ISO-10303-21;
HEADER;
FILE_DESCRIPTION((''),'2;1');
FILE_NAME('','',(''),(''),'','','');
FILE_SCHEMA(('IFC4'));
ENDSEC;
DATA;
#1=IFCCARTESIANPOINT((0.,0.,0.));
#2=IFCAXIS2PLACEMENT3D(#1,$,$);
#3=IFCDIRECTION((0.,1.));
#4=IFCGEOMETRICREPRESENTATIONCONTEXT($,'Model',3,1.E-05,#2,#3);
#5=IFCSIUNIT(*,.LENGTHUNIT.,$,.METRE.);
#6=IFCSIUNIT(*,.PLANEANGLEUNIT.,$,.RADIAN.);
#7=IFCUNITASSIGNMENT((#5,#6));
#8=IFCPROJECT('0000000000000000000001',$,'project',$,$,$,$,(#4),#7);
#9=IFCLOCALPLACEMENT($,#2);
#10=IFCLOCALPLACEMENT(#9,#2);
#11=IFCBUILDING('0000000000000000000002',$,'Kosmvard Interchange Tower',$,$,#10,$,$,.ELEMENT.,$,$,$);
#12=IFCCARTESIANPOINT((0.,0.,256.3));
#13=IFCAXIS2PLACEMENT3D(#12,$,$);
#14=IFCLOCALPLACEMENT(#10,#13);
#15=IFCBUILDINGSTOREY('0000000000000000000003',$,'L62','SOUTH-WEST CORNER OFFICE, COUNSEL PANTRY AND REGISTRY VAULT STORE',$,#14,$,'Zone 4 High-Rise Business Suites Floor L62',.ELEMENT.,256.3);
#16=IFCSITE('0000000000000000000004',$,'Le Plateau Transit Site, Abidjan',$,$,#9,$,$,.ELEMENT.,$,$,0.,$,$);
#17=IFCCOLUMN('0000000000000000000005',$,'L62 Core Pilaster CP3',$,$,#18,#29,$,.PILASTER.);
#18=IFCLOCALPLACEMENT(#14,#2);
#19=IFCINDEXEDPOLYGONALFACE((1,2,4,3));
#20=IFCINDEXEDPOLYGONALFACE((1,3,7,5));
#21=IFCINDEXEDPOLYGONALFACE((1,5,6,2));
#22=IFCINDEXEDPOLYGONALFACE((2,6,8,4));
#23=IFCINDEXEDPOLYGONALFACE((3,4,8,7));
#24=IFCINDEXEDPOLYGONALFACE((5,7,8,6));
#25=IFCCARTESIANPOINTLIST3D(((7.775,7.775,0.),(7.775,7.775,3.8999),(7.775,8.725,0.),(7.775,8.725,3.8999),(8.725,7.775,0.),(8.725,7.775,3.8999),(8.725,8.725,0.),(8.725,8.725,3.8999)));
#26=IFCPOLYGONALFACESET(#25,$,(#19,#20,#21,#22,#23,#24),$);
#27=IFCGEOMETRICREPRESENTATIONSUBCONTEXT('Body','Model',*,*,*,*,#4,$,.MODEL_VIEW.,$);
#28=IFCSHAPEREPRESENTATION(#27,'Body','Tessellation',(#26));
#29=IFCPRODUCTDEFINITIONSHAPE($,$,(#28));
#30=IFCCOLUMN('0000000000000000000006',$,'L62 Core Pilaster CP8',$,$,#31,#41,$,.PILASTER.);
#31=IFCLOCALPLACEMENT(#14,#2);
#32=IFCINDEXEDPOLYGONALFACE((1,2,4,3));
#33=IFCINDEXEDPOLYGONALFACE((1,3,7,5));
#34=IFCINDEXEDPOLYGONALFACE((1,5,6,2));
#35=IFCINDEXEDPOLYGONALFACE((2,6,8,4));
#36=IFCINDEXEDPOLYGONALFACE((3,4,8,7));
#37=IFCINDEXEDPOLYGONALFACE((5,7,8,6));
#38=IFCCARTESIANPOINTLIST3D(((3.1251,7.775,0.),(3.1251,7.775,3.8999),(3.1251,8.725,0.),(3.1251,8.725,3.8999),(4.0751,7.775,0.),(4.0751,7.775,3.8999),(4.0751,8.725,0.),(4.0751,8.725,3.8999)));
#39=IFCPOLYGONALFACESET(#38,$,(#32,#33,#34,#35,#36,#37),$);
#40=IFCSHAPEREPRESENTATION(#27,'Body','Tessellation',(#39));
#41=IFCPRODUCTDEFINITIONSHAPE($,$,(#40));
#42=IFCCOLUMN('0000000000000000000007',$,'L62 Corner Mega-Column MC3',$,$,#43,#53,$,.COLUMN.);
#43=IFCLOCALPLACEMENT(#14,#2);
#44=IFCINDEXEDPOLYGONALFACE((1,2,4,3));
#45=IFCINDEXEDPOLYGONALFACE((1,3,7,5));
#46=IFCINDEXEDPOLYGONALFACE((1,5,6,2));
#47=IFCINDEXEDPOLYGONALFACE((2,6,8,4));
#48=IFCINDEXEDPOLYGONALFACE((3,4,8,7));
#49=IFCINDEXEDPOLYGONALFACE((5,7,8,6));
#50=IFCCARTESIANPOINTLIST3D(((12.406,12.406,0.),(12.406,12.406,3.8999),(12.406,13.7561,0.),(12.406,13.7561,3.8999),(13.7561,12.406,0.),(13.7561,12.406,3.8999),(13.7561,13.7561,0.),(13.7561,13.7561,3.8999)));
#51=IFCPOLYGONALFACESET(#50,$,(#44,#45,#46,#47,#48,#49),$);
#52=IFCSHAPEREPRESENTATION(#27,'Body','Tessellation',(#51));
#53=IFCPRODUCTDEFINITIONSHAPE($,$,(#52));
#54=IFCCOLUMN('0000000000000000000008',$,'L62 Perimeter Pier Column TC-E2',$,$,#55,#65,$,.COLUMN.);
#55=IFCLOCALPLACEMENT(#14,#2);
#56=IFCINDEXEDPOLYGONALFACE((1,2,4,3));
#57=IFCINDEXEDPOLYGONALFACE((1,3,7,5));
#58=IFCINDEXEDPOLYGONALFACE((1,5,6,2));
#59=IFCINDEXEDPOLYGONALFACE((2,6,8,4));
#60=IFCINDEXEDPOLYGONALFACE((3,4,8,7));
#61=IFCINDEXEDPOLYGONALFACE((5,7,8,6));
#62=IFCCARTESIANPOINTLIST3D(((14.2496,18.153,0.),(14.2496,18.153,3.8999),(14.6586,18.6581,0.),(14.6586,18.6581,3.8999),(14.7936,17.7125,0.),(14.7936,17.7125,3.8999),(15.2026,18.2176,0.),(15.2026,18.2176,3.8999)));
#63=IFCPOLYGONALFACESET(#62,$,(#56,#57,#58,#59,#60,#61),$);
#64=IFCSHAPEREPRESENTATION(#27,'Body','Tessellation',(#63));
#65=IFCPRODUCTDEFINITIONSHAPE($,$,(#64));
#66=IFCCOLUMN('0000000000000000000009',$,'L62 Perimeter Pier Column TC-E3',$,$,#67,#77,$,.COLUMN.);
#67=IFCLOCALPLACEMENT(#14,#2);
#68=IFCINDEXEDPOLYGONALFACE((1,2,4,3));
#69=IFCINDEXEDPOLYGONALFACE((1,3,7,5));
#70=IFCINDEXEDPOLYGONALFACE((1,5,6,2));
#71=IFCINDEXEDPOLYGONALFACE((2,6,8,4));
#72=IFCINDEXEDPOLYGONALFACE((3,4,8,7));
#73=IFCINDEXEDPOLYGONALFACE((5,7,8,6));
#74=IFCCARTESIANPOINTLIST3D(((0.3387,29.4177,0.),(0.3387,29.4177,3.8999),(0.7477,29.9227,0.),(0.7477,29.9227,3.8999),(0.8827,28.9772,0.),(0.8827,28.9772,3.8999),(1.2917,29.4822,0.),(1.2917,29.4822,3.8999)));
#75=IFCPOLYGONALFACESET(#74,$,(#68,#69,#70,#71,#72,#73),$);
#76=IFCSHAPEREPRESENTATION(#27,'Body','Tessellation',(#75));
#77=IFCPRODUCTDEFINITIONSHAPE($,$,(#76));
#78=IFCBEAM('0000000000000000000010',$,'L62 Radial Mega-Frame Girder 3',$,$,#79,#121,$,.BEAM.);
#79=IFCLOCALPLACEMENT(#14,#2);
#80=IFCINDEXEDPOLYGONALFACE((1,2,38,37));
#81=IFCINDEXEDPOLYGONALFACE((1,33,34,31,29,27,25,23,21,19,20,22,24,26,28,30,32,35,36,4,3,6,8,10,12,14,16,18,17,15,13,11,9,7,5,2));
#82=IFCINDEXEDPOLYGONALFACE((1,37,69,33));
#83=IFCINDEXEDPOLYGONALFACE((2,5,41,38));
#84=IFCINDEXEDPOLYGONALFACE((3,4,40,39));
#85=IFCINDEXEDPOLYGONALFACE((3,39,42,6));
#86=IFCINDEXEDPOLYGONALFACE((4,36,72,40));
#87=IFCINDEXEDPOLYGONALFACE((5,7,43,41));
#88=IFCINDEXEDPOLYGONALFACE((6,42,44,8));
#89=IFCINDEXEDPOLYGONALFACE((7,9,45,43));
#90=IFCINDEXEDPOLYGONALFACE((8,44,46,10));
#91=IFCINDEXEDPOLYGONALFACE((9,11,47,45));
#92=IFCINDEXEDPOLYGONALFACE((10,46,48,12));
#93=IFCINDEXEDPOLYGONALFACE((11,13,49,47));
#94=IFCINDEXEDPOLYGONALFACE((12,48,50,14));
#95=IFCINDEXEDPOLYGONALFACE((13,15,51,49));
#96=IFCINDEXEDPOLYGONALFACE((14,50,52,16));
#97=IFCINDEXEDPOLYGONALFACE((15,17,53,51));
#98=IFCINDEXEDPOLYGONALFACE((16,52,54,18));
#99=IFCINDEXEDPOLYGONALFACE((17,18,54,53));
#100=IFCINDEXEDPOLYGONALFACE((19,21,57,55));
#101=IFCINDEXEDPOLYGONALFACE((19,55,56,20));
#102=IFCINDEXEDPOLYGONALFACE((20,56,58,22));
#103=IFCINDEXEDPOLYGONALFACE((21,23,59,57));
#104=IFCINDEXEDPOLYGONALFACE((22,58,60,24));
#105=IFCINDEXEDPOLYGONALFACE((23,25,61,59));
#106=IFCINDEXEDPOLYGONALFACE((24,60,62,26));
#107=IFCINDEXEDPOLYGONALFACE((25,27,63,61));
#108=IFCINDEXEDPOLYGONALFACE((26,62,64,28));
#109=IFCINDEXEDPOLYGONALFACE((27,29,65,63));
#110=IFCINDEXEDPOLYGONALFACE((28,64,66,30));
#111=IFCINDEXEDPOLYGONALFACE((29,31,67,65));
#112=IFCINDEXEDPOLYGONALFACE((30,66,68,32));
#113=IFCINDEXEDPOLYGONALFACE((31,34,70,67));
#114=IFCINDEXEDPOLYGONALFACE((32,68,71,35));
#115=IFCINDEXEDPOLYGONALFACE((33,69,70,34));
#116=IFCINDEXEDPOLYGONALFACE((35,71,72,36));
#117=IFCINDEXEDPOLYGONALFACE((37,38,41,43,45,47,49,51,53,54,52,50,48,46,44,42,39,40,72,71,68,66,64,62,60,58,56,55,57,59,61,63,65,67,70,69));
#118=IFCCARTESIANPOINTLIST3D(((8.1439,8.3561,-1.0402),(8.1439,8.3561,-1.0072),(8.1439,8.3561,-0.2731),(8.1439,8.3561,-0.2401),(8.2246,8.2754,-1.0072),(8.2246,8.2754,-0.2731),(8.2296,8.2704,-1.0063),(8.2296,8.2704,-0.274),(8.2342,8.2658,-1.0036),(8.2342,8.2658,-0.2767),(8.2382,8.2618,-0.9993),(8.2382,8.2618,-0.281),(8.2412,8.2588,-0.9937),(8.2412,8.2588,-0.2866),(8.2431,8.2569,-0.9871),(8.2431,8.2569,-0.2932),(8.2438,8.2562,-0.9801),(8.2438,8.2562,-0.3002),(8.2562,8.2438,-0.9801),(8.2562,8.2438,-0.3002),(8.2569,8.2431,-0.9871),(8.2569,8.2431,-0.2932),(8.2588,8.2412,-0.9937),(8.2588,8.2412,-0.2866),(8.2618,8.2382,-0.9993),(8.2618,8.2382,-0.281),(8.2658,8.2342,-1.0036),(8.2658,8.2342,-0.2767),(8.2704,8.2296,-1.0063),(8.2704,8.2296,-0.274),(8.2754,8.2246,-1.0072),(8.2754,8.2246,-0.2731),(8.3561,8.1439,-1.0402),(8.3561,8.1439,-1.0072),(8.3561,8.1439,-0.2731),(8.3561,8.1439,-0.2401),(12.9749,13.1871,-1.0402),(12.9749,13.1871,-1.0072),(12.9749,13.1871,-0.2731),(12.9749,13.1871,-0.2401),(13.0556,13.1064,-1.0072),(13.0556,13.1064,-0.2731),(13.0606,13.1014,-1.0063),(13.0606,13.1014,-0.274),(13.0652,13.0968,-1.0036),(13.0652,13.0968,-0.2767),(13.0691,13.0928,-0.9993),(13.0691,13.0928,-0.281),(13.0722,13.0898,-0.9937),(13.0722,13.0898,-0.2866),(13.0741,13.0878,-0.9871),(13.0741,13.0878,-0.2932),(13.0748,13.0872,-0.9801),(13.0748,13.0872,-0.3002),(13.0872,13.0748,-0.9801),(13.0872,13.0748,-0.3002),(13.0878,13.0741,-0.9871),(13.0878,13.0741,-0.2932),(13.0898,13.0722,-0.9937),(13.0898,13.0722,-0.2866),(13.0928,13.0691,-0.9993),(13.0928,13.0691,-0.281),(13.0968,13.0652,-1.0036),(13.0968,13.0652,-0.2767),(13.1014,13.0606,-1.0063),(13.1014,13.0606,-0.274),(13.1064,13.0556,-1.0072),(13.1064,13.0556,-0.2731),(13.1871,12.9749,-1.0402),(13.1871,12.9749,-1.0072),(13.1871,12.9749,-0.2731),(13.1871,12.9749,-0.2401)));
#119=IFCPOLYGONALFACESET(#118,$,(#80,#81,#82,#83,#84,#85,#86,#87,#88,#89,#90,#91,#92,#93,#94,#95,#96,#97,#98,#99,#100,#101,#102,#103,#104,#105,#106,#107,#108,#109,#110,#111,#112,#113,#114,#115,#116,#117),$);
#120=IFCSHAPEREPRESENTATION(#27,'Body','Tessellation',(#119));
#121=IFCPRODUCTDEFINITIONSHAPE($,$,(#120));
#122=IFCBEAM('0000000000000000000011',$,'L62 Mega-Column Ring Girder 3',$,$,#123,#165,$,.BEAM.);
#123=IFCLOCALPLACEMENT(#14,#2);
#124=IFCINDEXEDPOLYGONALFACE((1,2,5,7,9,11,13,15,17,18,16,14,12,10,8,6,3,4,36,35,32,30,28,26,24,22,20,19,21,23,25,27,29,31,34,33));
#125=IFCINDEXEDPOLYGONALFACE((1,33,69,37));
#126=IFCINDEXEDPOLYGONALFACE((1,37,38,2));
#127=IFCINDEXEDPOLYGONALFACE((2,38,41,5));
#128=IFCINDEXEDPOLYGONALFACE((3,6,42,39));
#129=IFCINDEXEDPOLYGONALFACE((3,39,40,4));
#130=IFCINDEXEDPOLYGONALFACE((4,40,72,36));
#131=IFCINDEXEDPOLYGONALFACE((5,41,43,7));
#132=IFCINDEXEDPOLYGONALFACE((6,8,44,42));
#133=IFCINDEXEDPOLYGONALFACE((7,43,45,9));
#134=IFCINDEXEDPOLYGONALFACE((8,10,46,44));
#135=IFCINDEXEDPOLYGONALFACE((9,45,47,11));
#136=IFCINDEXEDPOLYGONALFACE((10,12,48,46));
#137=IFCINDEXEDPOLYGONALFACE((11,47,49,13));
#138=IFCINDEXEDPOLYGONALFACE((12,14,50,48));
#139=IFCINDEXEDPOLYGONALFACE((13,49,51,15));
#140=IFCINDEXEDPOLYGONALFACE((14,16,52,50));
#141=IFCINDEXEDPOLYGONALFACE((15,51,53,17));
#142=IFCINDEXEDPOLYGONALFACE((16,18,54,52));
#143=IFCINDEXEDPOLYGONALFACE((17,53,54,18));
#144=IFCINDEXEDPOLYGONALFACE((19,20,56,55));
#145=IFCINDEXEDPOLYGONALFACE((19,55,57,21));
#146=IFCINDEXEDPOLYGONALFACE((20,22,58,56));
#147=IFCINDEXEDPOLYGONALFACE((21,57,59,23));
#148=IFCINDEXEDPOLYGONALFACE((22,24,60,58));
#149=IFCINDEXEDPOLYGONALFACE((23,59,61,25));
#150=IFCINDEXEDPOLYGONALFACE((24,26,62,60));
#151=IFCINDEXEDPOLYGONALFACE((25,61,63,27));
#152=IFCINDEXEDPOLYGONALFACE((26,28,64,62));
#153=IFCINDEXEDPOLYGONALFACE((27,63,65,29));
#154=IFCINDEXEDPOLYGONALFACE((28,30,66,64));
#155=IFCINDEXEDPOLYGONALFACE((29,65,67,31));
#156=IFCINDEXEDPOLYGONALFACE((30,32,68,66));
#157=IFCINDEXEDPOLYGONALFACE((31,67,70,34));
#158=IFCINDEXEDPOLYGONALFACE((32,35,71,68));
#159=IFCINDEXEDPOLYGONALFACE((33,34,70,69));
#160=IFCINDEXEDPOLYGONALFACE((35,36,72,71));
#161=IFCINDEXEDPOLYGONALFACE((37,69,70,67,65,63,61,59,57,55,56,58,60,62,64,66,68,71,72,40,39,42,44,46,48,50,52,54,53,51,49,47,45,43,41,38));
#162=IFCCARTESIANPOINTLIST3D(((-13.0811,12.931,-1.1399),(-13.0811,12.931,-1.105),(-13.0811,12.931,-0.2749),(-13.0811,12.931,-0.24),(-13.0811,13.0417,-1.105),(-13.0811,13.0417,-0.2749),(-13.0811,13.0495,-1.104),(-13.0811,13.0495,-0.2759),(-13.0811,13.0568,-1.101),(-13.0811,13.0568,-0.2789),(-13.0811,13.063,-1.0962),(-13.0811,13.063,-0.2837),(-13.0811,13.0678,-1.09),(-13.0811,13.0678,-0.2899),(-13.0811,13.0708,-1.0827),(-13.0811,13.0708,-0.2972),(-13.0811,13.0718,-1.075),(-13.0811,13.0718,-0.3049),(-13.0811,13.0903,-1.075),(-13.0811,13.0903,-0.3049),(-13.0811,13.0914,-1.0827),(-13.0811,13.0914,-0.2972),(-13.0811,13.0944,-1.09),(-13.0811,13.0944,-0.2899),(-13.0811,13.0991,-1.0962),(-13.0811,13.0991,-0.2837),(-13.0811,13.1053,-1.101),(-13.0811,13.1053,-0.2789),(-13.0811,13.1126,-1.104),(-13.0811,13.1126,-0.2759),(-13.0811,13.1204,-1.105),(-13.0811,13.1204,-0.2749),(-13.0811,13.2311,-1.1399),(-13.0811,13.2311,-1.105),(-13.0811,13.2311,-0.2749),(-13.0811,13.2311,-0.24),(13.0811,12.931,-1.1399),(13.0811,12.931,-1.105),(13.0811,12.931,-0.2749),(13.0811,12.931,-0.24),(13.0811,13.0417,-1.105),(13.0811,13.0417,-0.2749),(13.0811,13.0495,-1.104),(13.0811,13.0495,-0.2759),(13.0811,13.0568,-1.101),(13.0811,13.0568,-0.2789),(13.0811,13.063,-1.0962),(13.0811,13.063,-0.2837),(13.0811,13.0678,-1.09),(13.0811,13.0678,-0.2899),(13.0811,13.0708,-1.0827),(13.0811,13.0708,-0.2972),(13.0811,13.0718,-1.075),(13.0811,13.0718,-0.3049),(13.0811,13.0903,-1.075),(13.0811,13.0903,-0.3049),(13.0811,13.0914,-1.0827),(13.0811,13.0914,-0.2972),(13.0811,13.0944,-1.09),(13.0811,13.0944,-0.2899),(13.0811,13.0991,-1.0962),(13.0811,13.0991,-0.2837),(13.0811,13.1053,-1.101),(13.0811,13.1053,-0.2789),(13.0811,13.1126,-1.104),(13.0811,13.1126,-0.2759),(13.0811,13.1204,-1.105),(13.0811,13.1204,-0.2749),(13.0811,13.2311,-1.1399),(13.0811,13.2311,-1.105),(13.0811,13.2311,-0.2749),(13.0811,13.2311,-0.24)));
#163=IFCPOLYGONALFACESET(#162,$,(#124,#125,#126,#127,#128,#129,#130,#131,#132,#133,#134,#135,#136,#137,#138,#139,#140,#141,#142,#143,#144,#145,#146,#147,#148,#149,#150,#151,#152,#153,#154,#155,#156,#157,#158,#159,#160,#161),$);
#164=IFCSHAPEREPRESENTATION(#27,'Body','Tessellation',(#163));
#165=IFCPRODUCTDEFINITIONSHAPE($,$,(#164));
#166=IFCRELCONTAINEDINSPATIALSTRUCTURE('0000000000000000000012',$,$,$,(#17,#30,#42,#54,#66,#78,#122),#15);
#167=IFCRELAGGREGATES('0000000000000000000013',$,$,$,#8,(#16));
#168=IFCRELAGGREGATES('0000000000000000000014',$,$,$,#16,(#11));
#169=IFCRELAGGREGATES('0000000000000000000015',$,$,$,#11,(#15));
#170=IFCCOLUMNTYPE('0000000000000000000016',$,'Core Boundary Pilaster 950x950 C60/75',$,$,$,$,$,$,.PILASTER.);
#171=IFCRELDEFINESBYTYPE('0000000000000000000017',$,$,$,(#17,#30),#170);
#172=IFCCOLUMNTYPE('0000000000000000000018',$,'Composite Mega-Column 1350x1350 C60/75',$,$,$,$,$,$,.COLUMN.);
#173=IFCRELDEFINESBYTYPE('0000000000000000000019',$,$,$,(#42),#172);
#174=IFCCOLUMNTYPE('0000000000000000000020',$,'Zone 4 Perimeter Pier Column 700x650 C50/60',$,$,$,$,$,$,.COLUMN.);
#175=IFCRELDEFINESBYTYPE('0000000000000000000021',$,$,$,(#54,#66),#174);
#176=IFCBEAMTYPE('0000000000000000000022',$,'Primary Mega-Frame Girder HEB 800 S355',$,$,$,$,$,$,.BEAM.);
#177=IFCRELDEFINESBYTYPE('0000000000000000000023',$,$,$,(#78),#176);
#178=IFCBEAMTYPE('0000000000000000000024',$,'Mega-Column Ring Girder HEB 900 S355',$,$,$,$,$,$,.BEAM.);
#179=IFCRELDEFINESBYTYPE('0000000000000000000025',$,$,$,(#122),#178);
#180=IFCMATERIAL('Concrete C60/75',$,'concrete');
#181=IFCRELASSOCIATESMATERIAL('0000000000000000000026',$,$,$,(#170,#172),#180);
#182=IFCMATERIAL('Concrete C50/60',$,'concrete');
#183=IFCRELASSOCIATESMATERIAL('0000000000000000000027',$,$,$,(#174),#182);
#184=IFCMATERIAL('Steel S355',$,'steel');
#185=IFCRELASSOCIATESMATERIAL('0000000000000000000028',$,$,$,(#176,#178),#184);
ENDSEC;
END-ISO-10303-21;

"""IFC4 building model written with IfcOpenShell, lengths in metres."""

from ifc_helpers import new_model, si_unit, direction, frame, origin, origin_2d, place, context, subcontext, project, spatial, rectangle, i_section, extrude, source, transform, mapped, material, material_profile, profile_set, type_object, element, save


model = new_model("IFC4")

# Units and contexts
model_context = context("Model", 3, precision=1e-05, world=origin(), true_north=direction((0.0, 1.0)))
body_context = subcontext(model_context, "Body", "Model", "MODEL_VIEW")
ifc_project = project(units=[si_unit("LENGTHUNIT", "METRE"), si_unit("PLANEANGLEUNIT", "RADIAN")], contexts=[model_context])

# Site, building, storey
site_placement = place(None, origin())
site = spatial("IfcSite", under=ifc_project, at=site_placement, Name="Le Plateau Transit Site, Abidjan", CompositionType="ELEMENT", RefElevation=0.0)
building_placement = place(site_placement, origin())
building = spatial("IfcBuilding", under=site, at=building_placement, Name="Kosmvard Interchange Tower", CompositionType="ELEMENT")
storey_placement = place(building_placement, frame((0.0, 0.0, 256.3)))
storey = spatial("IfcBuildingStorey", under=building, at=storey_placement, Name="L62", Description="SOUTH-WEST CORNER OFFICE, COUNSEL PANTRY AND REGISTRY VAULT STORE", LongName="Zone 4 High-Rise Business Suites Floor L62", CompositionType="ELEMENT", Elevation=256.3)

# Columns
ifc_material_1 = material(Name="Concrete C60/75", Category="concrete")
ifc_material_profile_1 = material_profile(ifc_material_1, rectangle(XDim=0.95, YDim=0.95, at=origin_2d()), Name="CP 950x950")
ifc_profile_set_1 = profile_set([ifc_material_profile_1], Name="Concrete C60/75")
column_type_1 = type_object("IfcColumnType", Name="Core Boundary Pilaster 950x950 C60/75", PredefinedType="PILASTER", material=ifc_profile_set_1)
shared_shape_1 = source(origin(), body_context, "Body", "SweptSolid", [
    extrude(rectangle(XDim=0.95, YDim=0.95, at=origin_2d()), origin(), (0.0, 0.0, 1.0), 3.8999),
])
for number, where, z_axis, x_axis, name in (
    (1, (8.25, 8.25, 0.0), (0.0, 0.0, 1.0), (1.0, 0.0, 0.0), "L62 Core Pilaster CP3"),
    (2, (3.6001, 8.25, 0.0), (0.0, 0.0, 1.0), (1.0, 0.0, 0.0), "L62 Core Pilaster CP8"),
):
    element("IfcColumn", number, at=place(storey_placement, frame(where, z_axis=z_axis, x_axis=x_axis)), inside=storey, type_object=column_type_1, Name=name, PredefinedType="PILASTER", context=body_context, shape_type="MappedRepresentation", body=[
        mapped(shared_shape_1, transform((0.0, 0.0, 0.0), scale=1.0)),
    ])
ifc_material_profile_2 = material_profile(ifc_material_1, rectangle(XDim=1.3501, YDim=1.3501, at=origin_2d()), Name="MC 1350x1350")
ifc_profile_set_2 = profile_set([ifc_material_profile_2], Name="Concrete C60/75")
column_type_2 = type_object("IfcColumnType", Name="Composite Mega-Column 1350x1350 C60/75", PredefinedType="COLUMN", material=ifc_profile_set_2)
shared_shape_2 = source(origin(), body_context, "Body", "SweptSolid", [
    extrude(rectangle(XDim=1.3501, YDim=1.3501, at=origin_2d()), origin(), (0.0, 0.0, 1.0), 3.8999),
])
column_placement = place(storey_placement, frame((13.0811, 13.0811, 0.0), z_axis=(0.0, 0.0, 1.0), x_axis=(1.0, 0.0, 0.0)))
element("IfcColumn", 3, at=column_placement, inside=storey, type_object=column_type_2, Name="L62 Corner Mega-Column MC3", PredefinedType="COLUMN", context=body_context, shape_type="MappedRepresentation", body=[
    mapped(shared_shape_2, transform((0.0, 0.0, 0.0), scale=1.0)),
])
ifc_material_2 = material(Name="Concrete C50/60", Category="concrete")
ifc_material_profile_3 = material_profile(ifc_material_2, rectangle(XDim=0.6499, YDim=0.7, at=origin_2d()), Name="TC 700x650")
ifc_profile_set_3 = profile_set([ifc_material_profile_3], Name="Concrete C50/60")
column_type_3 = type_object("IfcColumnType", Name="Zone 4 Perimeter Pier Column 700x650 C50/60", PredefinedType="COLUMN", material=ifc_profile_set_3)
shared_shape_3 = source(origin(), body_context, "Body", "SweptSolid", [
    extrude(rectangle(XDim=0.6499, YDim=0.7, at=origin_2d()), origin(), (0.0, 0.0, 1.0), 3.8999),
])
for number, where, z_axis, x_axis, name in (
    (4, (14.7261, 18.1853, 0.0), (0.0, 0.0, 1.0), (0.62932, 0.777146, 0.0), "L62 Perimeter Pier Column TC-E2"),
    (5, (0.8152, 29.45, 0.0), (0.0, 0.0, 1.0), (0.62932, 0.777146, 0.0), "L62 Perimeter Pier Column TC-E3"),
):
    element("IfcColumn", number, at=place(storey_placement, frame(where, z_axis=z_axis, x_axis=x_axis)), inside=storey, type_object=column_type_3, Name=name, PredefinedType="COLUMN", context=body_context, shape_type="MappedRepresentation", body=[
        mapped(shared_shape_3, transform((0.0, 0.0, 0.0), scale=1.0)),
    ])

# Beams
ifc_material_3 = material(Name="Steel S355", Category="steel")
ifc_material_profile_4 = material_profile(ifc_material_3, i_section(OverallWidth=0.3, OverallDepth=0.8, WebThickness=0.0176, FlangeThickness=0.033, FilletRadius=0.0271, at=origin_2d()), Name="HEB 800")
ifc_profile_set_4 = profile_set([ifc_material_profile_4], Name="Steel S355")
beam_type_1 = type_object("IfcBeamType", Name="Primary Mega-Frame Girder HEB 800 S355", PredefinedType="BEAM", material=ifc_profile_set_4)
shared_shape_4 = source(origin(), body_context, "Body", "SweptSolid", [
    extrude(i_section(OverallWidth=0.3, OverallDepth=0.8, WebThickness=0.0176, FlangeThickness=0.033, FilletRadius=0.0271, at=origin_2d()), origin(), (0.0, 0.0, 1.0), 6.832),
])
beam_1_placement = place(storey_placement, frame((8.25, 8.25, -0.6401), z_axis=(0.707107, 0.707107, 0.0), x_axis=(-0.707107, 0.707107, 0.0)))
element("IfcBeam", 6, at=beam_1_placement, inside=storey, type_object=beam_type_1, Name="L62 Radial Mega-Frame Girder 3", PredefinedType="BEAM", context=body_context, shape_type="MappedRepresentation", body=[
    mapped(shared_shape_4, transform((0.0, 0.0, 0.0), scale=1.0)),
])
ifc_material_profile_5 = material_profile(ifc_material_3, i_section(OverallWidth=0.3, OverallDepth=0.8999, WebThickness=0.0186, FlangeThickness=0.0349, FilletRadius=0.03, at=origin_2d()), Name="HEB 900")
ifc_profile_set_5 = profile_set([ifc_material_profile_5], Name="Steel S355")
beam_type_2 = type_object("IfcBeamType", Name="Mega-Column Ring Girder HEB 900 S355", PredefinedType="BEAM", material=ifc_profile_set_5)
shared_shape_5 = source(origin(), body_context, "Body", "SweptSolid", [
    extrude(i_section(OverallWidth=0.3, OverallDepth=0.8999, WebThickness=0.0186, FlangeThickness=0.0349, FilletRadius=0.03, at=origin_2d()), origin(), (0.0, 0.0, 1.0), 26.1621),
])
beam_2_placement = place(storey_placement, frame((13.0811, 13.0811, -0.6899), z_axis=(-1.0, 0.0, 0.0), x_axis=(0.0, -1.0, 0.0)))
element("IfcBeam", 7, at=beam_2_placement, inside=storey, type_object=beam_type_2, Name="L62 Mega-Column Ring Girder 3", PredefinedType="BEAM", context=body_context, shape_type="MappedRepresentation", body=[
    mapped(shared_shape_5, transform((0.0, 0.0, 0.0), scale=1.0)),
])

save(model, "model.ifc")
